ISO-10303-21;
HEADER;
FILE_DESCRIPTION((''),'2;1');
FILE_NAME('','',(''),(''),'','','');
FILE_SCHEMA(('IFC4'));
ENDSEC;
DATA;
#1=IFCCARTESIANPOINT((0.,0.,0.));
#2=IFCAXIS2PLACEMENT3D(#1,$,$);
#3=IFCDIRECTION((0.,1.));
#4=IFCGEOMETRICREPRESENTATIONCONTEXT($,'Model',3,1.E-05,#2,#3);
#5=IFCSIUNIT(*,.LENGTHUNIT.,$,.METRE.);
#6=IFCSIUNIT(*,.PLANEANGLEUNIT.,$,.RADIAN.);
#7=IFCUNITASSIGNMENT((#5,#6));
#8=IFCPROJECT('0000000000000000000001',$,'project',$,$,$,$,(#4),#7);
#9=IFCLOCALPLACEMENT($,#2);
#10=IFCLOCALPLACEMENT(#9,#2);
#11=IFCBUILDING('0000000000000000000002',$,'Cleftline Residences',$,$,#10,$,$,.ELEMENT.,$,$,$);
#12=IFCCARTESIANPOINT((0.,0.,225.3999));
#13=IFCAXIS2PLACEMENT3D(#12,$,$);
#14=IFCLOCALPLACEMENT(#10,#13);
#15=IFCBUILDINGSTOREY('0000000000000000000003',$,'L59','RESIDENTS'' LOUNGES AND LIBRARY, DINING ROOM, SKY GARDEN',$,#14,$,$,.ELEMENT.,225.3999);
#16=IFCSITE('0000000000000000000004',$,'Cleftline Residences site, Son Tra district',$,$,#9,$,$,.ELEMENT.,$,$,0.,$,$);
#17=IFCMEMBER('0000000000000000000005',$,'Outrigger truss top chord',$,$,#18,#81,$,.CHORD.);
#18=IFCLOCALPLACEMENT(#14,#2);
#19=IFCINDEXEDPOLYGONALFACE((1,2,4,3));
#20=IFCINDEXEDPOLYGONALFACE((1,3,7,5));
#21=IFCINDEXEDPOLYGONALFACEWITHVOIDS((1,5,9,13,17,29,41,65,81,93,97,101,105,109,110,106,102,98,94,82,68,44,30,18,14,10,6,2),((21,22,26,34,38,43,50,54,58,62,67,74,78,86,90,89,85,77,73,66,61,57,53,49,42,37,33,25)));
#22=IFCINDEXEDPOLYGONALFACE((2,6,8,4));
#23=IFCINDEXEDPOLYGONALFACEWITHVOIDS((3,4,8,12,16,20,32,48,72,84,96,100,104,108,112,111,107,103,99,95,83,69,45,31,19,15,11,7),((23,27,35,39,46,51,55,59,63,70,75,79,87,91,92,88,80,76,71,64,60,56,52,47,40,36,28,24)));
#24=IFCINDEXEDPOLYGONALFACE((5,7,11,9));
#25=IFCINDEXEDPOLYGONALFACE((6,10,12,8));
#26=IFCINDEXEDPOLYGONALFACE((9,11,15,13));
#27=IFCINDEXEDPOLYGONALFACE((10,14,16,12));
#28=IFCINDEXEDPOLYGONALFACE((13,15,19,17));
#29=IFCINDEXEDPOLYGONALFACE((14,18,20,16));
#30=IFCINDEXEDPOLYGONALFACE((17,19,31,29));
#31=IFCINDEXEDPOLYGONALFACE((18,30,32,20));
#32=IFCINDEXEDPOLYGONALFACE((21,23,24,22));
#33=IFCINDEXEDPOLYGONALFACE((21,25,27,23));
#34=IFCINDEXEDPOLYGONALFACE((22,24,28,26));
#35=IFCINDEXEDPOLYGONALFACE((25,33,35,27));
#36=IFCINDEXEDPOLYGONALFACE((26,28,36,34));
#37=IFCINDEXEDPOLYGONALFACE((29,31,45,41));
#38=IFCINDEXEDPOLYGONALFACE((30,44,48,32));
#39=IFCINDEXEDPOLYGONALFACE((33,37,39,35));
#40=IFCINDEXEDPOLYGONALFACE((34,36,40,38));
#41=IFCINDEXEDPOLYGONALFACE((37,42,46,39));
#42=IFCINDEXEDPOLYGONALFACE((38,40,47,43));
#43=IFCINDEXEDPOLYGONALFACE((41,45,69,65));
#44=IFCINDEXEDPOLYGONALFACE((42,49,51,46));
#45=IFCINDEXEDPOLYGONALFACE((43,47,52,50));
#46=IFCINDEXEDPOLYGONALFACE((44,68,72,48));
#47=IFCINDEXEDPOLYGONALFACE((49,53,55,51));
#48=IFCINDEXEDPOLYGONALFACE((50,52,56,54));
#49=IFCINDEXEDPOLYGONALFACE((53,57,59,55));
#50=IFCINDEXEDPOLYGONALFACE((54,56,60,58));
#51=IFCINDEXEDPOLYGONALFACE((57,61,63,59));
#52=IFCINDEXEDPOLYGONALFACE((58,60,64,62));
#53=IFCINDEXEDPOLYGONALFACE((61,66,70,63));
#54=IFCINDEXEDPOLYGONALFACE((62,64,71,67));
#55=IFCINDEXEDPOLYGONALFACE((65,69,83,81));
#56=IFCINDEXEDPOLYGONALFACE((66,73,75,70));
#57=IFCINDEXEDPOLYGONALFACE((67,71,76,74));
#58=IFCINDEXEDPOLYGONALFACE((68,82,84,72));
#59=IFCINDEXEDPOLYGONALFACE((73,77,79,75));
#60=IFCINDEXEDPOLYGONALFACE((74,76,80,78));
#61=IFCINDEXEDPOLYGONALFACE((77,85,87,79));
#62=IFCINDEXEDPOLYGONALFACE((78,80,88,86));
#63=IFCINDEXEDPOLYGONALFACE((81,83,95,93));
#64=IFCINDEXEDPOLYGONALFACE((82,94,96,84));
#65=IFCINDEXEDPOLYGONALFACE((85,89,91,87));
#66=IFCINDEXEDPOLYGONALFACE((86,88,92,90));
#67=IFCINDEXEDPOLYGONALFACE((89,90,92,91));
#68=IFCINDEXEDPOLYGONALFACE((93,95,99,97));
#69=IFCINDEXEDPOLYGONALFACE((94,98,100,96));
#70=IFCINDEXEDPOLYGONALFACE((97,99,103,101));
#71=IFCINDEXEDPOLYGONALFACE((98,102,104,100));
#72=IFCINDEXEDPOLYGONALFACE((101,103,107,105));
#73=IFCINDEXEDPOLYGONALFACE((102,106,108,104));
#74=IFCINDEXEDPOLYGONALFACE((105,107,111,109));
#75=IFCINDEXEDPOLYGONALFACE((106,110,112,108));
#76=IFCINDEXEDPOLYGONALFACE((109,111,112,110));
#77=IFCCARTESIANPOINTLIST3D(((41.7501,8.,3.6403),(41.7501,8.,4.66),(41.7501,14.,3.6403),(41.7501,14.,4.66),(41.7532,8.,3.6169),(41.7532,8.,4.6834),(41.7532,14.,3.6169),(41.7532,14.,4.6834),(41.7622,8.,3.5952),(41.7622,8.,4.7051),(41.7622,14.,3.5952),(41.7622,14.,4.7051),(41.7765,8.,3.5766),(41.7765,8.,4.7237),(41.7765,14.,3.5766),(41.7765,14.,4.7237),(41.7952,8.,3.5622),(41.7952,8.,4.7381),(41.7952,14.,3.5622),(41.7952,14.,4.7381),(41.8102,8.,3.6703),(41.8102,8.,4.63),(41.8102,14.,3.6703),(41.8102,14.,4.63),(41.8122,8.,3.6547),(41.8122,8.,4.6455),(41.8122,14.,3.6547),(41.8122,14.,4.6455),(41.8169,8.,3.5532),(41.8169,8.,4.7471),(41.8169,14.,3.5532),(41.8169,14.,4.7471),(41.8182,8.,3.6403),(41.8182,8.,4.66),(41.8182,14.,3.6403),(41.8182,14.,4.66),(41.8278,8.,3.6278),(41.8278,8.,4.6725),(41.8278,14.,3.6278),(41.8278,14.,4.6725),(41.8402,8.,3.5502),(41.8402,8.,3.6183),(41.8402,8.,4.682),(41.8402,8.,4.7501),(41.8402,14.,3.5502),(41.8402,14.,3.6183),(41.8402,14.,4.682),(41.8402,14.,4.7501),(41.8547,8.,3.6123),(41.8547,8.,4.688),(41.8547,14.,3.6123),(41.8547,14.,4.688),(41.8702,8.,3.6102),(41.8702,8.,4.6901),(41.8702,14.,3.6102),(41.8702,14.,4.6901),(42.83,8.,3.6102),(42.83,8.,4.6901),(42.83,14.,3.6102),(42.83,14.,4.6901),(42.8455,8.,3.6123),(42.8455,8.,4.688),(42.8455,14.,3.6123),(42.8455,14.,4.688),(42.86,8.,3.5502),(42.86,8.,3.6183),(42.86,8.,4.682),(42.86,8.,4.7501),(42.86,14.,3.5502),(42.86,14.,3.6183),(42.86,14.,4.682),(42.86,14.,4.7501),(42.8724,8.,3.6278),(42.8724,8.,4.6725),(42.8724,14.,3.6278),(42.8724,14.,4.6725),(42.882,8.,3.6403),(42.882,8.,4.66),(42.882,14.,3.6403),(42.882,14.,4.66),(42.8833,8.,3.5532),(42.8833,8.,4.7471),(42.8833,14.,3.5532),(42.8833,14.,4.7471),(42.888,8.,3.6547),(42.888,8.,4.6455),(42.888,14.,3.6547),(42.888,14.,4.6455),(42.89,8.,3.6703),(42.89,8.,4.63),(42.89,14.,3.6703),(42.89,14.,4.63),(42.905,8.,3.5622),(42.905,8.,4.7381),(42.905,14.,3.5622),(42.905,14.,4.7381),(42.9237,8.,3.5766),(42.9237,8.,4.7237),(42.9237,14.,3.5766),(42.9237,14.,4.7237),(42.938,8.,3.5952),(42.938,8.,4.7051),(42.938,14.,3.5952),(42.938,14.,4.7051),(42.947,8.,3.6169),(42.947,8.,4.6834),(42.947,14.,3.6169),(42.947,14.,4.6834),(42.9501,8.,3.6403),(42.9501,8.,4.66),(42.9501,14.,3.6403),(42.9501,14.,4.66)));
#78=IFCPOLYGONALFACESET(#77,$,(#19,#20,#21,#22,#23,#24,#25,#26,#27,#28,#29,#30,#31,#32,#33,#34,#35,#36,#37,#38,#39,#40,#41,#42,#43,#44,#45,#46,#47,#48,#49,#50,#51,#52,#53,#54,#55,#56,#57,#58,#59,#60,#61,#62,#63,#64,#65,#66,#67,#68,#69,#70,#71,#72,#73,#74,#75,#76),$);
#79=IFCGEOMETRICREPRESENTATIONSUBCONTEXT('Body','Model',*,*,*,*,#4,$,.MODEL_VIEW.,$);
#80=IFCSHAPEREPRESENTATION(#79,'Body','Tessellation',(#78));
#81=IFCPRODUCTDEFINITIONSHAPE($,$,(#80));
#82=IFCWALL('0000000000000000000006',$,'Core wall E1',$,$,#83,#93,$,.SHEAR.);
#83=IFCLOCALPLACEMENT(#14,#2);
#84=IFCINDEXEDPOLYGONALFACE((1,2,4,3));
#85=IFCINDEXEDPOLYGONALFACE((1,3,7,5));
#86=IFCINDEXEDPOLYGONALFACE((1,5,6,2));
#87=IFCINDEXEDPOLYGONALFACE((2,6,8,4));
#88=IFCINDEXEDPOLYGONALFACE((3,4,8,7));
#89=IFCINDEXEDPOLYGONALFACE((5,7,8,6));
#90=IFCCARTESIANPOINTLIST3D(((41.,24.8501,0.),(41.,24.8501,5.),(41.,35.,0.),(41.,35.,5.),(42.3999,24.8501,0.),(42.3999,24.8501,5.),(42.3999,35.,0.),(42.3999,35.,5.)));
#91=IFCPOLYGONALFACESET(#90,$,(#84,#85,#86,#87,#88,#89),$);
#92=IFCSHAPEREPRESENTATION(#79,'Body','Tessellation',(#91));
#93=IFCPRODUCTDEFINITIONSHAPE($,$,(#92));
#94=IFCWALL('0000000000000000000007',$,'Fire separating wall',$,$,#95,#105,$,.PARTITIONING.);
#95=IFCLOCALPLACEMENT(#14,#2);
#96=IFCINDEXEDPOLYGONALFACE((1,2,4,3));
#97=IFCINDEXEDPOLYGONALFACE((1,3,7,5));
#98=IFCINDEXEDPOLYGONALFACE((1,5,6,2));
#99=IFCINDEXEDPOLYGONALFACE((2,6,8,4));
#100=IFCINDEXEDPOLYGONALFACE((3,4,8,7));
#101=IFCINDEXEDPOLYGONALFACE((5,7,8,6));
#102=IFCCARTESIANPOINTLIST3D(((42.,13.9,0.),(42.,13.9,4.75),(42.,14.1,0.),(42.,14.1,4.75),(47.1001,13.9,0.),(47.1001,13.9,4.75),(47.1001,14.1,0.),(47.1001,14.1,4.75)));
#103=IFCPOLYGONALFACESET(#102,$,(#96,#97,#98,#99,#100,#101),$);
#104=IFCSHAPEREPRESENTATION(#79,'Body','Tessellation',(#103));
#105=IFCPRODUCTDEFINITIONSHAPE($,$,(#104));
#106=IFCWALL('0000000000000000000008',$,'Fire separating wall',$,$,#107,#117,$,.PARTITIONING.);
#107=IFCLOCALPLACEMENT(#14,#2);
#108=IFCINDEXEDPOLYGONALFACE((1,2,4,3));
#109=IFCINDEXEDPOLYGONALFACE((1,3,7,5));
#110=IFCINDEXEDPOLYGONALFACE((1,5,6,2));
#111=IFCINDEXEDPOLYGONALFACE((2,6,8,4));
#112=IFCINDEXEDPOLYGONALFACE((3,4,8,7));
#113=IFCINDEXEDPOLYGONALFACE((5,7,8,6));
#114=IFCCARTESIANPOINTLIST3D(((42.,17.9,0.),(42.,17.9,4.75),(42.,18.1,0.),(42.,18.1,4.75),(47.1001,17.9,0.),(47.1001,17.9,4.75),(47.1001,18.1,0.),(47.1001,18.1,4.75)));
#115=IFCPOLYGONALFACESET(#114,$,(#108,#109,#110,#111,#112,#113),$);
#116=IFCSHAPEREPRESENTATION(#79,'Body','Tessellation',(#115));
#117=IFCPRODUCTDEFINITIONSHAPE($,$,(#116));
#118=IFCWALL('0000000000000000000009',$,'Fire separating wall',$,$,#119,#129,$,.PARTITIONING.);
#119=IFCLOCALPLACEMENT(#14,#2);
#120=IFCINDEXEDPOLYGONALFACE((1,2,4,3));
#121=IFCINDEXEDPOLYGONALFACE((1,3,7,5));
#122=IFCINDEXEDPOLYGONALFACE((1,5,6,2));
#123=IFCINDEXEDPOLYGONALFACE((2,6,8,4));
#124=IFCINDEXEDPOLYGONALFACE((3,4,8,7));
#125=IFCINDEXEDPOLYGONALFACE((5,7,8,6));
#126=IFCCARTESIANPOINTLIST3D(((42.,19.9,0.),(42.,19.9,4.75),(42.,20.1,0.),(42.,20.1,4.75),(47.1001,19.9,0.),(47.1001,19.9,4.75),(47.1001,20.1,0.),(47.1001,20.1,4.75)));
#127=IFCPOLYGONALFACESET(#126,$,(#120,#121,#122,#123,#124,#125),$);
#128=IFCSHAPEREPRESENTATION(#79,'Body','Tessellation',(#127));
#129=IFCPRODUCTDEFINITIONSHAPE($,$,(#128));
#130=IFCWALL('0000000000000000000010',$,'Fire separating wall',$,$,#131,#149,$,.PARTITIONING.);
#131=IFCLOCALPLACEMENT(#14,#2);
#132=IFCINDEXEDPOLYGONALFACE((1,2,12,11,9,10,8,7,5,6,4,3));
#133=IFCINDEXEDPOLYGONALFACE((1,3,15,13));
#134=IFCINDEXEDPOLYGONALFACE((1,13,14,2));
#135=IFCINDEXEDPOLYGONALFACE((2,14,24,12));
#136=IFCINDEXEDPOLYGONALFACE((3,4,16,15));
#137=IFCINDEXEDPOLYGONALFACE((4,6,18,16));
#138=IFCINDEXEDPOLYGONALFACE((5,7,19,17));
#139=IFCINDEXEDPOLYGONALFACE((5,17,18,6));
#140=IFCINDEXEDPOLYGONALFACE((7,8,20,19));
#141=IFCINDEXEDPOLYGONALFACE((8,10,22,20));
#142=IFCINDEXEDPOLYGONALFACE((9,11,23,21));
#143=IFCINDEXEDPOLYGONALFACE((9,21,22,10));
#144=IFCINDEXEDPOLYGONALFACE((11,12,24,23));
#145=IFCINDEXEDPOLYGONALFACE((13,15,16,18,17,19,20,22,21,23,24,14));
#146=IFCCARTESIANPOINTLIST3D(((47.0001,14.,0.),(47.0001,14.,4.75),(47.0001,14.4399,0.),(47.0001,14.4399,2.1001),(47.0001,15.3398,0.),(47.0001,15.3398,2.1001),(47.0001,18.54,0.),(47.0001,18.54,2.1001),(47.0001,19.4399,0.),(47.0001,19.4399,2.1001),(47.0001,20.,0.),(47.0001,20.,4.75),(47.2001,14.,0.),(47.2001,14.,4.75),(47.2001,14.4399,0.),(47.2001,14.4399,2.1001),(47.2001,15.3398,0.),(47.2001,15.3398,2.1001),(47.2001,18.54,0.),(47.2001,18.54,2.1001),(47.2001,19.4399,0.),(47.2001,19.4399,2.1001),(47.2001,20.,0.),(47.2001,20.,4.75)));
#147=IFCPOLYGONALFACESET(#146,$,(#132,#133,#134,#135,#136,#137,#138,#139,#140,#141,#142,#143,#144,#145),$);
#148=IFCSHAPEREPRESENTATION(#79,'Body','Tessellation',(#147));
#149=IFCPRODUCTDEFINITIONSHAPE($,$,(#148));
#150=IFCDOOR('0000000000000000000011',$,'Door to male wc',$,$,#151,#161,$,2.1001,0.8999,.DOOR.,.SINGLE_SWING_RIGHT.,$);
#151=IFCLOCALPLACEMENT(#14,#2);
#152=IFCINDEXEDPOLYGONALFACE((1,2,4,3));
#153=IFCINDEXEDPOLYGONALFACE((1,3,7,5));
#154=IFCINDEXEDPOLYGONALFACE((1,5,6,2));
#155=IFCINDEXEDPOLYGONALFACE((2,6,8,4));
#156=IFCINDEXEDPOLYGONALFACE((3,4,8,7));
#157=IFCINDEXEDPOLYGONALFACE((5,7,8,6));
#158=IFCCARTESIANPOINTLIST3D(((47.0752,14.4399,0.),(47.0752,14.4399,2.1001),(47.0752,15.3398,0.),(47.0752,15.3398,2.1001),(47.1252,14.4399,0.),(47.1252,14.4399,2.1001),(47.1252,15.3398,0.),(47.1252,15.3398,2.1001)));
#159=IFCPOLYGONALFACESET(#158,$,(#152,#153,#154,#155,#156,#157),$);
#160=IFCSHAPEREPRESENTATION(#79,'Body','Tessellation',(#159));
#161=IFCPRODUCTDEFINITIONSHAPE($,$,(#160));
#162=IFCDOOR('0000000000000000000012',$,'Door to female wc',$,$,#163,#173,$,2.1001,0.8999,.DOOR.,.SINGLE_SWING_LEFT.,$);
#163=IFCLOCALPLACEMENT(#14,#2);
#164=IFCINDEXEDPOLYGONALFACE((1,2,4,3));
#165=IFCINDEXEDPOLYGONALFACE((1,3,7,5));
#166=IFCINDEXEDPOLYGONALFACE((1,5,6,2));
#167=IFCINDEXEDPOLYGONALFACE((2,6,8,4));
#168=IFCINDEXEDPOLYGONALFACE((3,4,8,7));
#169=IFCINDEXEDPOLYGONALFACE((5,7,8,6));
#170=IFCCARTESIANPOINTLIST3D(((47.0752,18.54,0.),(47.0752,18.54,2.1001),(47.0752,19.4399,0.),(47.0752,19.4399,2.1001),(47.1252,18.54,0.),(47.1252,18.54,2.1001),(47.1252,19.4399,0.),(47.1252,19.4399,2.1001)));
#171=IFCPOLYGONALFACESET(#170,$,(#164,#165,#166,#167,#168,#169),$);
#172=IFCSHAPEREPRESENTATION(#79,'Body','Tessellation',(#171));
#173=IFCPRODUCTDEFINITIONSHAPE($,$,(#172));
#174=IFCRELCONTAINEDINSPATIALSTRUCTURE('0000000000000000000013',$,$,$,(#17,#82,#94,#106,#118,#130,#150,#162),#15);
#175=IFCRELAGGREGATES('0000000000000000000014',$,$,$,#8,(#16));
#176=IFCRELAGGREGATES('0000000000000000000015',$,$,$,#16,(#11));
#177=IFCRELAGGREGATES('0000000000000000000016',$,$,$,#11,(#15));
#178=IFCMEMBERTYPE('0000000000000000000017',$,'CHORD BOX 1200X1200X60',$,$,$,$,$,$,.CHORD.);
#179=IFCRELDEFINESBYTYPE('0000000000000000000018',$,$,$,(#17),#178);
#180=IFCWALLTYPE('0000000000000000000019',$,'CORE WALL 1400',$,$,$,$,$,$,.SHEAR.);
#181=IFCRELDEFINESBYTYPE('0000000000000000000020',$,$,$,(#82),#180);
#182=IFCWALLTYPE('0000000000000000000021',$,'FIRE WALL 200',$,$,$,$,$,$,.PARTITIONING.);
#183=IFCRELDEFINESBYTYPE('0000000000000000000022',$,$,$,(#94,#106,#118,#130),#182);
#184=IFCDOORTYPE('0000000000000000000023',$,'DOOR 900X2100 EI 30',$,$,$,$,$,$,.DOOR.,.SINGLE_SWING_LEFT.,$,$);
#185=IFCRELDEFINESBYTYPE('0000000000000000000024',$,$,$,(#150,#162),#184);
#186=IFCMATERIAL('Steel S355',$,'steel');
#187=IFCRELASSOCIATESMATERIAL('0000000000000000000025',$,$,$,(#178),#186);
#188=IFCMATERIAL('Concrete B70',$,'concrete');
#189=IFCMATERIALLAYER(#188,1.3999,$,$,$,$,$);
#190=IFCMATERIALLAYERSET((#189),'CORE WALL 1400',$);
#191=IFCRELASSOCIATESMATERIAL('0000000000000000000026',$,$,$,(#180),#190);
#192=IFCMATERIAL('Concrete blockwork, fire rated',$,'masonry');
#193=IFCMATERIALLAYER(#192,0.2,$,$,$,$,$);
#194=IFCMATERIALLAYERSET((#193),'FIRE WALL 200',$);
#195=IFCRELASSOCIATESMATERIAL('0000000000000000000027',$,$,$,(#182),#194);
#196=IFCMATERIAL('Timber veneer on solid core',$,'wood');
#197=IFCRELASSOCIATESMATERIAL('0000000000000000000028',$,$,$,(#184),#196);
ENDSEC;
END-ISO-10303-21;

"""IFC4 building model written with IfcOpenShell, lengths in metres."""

from ifc_helpers import new_model, si_unit, direction, frame, frame_2d, origin, origin_2d, place, context, subcontext, project, spatial, rectangle, hollow_rectangle, extrude, material, layer, layer_set, material_profile, profile_set, type_object, element, fill, save


model = new_model("IFC4")

# Units and contexts
model_context = context("Model", 3, precision=1e-05, world=origin(), true_north=direction((0.0, 1.0)))
body_context = subcontext(model_context, "Body", "Model", "MODEL_VIEW")
ifc_project = project(units=[si_unit("LENGTHUNIT", "METRE"), si_unit("PLANEANGLEUNIT", "RADIAN")], contexts=[model_context])

# Site, building, storey
site_placement = place(None, origin())
site = spatial("IfcSite", under=ifc_project, at=site_placement, Name="Cleftline Residences site, Son Tra district", CompositionType="ELEMENT", RefElevation=0.0)
building_placement = place(site_placement, origin())
building = spatial("IfcBuilding", under=site, at=building_placement, Name="Cleftline Residences", CompositionType="ELEMENT")
storey_placement = place(building_placement, frame((0.0, 0.0, 225.3999)))
storey = spatial("IfcBuildingStorey", under=building, at=storey_placement, Name="L59", Description="RESIDENTS' LOUNGES AND LIBRARY, DINING ROOM, SKY GARDEN", CompositionType="ELEMENT", Elevation=225.3999)

# Member
ifc_material_1 = material(Name="Steel S355", Category="steel")
ifc_material_profile_1 = material_profile(ifc_material_1, hollow_rectangle(XDim=1.2, YDim=1.2, WallThickness=0.0601, InnerFilletRadius=0.0601, OuterFilletRadius=0.0901, at=origin_2d()))
ifc_profile_set_1 = profile_set([ifc_material_profile_1], Name="Steel S355")
member_type_1 = type_object("IfcMemberType", Name="CHORD BOX 1200X1200X60", PredefinedType="CHORD", material=ifc_profile_set_1)
member_1_placement = place(storey_placement, frame((42.3501, 8.0, 4.1501), z_axis=(0.0, 1.0, 0.0), x_axis=(-1.0, 0.0, 0.0)))
element("IfcMember", 1, at=member_1_placement, inside=storey, type_object=member_type_1, Name="Outrigger truss top chord", PredefinedType="CHORD", context=body_context, shape_type="SweptSolid", body=[
    extrude(hollow_rectangle(XDim=1.2, YDim=1.2, WallThickness=0.0601, InnerFilletRadius=0.0601, OuterFilletRadius=0.0901, at=origin_2d()), origin(), (0.0, 0.0, 1.0), 6.0),
])

# Shared definitions
ifc_material_2 = material(Name="Concrete B70", Category="concrete")
ifc_layer_1 = layer(ifc_material_2, 1.3999)
ifc_layer_set_1 = layer_set([ifc_layer_1], Name="CORE WALL 1400")
wall_type_1 = type_object("IfcWallType", Name="CORE WALL 1400", PredefinedType="SHEAR", material=ifc_layer_set_1)

# Walls
wall_1_placement = place(storey_placement, frame((41.7, 24.8501, 0.0), z_axis=(0.0, 0.0, 1.0), x_axis=(0.0, 1.0, 0.0)))
element("IfcWall", 2, at=wall_1_placement, inside=storey, type_object=wall_type_1, Name="Core wall E1", PredefinedType="SHEAR", context=body_context, shape_type="SweptSolid", body=[
    extrude(rectangle(XDim=10.1499, YDim=1.3999, at=frame_2d((5.075, 0.0))), origin(), (0.0, 0.0, 1.0), 5.0),
])
ifc_material_3 = material(Name="Concrete blockwork, fire rated", Category="masonry")
ifc_layer_2 = layer(ifc_material_3, 0.2)
ifc_layer_set_2 = layer_set([ifc_layer_2], Name="FIRE WALL 200")
wall_type_2 = type_object("IfcWallType", Name="FIRE WALL 200", PredefinedType="PARTITIONING", material=ifc_layer_set_2)
for number, where, z_axis, x_axis, name in (
    (3, (42.0, 14.0, 0.0), (0.0, 0.0, 1.0), (1.0, 0.0, 0.0), "Fire separating wall"),
    (4, (42.0, 18.0, 0.0), (0.0, 0.0, 1.0), (1.0, 0.0, 0.0), "Fire separating wall"),
    (5, (42.0, 20.0, 0.0), (0.0, 0.0, 1.0), (1.0, 0.0, 0.0), "Fire separating wall"),
):
    element("IfcWall", number, at=place(storey_placement, frame(where, z_axis=z_axis, x_axis=x_axis)), inside=storey, type_object=wall_type_2, Name=name, PredefinedType="PARTITIONING", context=body_context, shape_type="SweptSolid", body=[
        extrude(rectangle(XDim=5.1001, YDim=0.2, at=frame_2d((2.55, 0.0))), origin(), (0.0, 0.0, 1.0), 4.75),
    ])

# Wall, openings, doors
wall_2_placement = place(storey_placement, frame((47.1001, 14.0, 0.0), z_axis=(0.0, 0.0, 1.0), x_axis=(0.0, 1.0, 0.0)))
wall_2 = element("IfcWall", 6, at=wall_2_placement, inside=storey, type_object=wall_type_2, Name="Fire separating wall", PredefinedType="PARTITIONING", context=body_context, shape_type="SweptSolid", body=[
    extrude(rectangle(XDim=6.0, YDim=0.2, at=frame_2d((3.0, 0.0))), origin(), (0.0, 0.0, 1.0), 4.75),
])
opening_1_placement = place(wall_2_placement, frame((0.4399, 0.0, 0.0)))
opening_1 = element("IfcOpeningElement", 7, at=opening_1_placement, cuts=wall_2, PredefinedType="OPENING", context=body_context, shape_type="SweptSolid", body=[
    extrude(rectangle(XDim=0.8999, YDim=2.1001, at=frame_2d((0.45, 1.05))), frame((0.0, 0.1099, 0.0), z_axis=(0.0, -1.0, 0.0), x_axis=(1.0, 0.0, 0.0)), (0.0, 0.0, 1.0), 0.22),
])
opening_2_placement = place(wall_2_placement, frame((4.54, 0.0, 0.0)))
opening_2 = element("IfcOpeningElement", 8, at=opening_2_placement, cuts=wall_2, PredefinedType="OPENING", context=body_context, shape_type="SweptSolid", body=[
    extrude(rectangle(XDim=0.8999, YDim=2.1001, at=frame_2d((0.45, 1.05))), frame((0.0, 0.1099, 0.0), z_axis=(0.0, -1.0, 0.0), x_axis=(1.0, 0.0, 0.0)), (0.0, 0.0, 1.0), 0.22),
])
ifc_material_4 = material(Name="Timber veneer on solid core", Category="wood")
door_type_1 = type_object("IfcDoorType", Name="DOOR 900X2100 EI 30", OperationType="SINGLE_SWING_LEFT", PredefinedType="DOOR", material=ifc_material_4)
door_1_placement = place(opening_1_placement, origin())
door_1 = element("IfcDoor", 9, at=door_1_placement, inside=storey, type_object=door_type_1, Name="Door to male wc", OperationType="SINGLE_SWING_RIGHT", OverallHeight=2.1001, OverallWidth=0.8999, PredefinedType="DOOR", context=body_context, shape_type="SweptSolid", body=[
    extrude(rectangle(XDim=0.8999, YDim=2.1001, at=frame_2d((0.45, 1.05))), frame((0.0, 0.0249, 0.0), z_axis=(0.0, -1.0, 0.0), x_axis=(1.0, 0.0, 0.0)), (0.0, 0.0, 1.0), 0.05),
])
fill(opening_1, door_1)
door_2_placement = place(opening_2_placement, origin())
door_2 = element("IfcDoor", 10, at=door_2_placement, inside=storey, type_object=door_type_1, Name="Door to female wc", OperationType="SINGLE_SWING_LEFT", OverallHeight=2.1001, OverallWidth=0.8999, PredefinedType="DOOR", context=body_context, shape_type="SweptSolid", body=[
    extrude(rectangle(XDim=0.8999, YDim=2.1001, at=frame_2d((0.45, 1.05))), frame((0.0, 0.0249, 0.0), z_axis=(0.0, -1.0, 0.0), x_axis=(1.0, 0.0, 0.0)), (0.0, 0.0, 1.0), 0.05),
])
fill(opening_2, door_2)

save(model, "model.ifc")
